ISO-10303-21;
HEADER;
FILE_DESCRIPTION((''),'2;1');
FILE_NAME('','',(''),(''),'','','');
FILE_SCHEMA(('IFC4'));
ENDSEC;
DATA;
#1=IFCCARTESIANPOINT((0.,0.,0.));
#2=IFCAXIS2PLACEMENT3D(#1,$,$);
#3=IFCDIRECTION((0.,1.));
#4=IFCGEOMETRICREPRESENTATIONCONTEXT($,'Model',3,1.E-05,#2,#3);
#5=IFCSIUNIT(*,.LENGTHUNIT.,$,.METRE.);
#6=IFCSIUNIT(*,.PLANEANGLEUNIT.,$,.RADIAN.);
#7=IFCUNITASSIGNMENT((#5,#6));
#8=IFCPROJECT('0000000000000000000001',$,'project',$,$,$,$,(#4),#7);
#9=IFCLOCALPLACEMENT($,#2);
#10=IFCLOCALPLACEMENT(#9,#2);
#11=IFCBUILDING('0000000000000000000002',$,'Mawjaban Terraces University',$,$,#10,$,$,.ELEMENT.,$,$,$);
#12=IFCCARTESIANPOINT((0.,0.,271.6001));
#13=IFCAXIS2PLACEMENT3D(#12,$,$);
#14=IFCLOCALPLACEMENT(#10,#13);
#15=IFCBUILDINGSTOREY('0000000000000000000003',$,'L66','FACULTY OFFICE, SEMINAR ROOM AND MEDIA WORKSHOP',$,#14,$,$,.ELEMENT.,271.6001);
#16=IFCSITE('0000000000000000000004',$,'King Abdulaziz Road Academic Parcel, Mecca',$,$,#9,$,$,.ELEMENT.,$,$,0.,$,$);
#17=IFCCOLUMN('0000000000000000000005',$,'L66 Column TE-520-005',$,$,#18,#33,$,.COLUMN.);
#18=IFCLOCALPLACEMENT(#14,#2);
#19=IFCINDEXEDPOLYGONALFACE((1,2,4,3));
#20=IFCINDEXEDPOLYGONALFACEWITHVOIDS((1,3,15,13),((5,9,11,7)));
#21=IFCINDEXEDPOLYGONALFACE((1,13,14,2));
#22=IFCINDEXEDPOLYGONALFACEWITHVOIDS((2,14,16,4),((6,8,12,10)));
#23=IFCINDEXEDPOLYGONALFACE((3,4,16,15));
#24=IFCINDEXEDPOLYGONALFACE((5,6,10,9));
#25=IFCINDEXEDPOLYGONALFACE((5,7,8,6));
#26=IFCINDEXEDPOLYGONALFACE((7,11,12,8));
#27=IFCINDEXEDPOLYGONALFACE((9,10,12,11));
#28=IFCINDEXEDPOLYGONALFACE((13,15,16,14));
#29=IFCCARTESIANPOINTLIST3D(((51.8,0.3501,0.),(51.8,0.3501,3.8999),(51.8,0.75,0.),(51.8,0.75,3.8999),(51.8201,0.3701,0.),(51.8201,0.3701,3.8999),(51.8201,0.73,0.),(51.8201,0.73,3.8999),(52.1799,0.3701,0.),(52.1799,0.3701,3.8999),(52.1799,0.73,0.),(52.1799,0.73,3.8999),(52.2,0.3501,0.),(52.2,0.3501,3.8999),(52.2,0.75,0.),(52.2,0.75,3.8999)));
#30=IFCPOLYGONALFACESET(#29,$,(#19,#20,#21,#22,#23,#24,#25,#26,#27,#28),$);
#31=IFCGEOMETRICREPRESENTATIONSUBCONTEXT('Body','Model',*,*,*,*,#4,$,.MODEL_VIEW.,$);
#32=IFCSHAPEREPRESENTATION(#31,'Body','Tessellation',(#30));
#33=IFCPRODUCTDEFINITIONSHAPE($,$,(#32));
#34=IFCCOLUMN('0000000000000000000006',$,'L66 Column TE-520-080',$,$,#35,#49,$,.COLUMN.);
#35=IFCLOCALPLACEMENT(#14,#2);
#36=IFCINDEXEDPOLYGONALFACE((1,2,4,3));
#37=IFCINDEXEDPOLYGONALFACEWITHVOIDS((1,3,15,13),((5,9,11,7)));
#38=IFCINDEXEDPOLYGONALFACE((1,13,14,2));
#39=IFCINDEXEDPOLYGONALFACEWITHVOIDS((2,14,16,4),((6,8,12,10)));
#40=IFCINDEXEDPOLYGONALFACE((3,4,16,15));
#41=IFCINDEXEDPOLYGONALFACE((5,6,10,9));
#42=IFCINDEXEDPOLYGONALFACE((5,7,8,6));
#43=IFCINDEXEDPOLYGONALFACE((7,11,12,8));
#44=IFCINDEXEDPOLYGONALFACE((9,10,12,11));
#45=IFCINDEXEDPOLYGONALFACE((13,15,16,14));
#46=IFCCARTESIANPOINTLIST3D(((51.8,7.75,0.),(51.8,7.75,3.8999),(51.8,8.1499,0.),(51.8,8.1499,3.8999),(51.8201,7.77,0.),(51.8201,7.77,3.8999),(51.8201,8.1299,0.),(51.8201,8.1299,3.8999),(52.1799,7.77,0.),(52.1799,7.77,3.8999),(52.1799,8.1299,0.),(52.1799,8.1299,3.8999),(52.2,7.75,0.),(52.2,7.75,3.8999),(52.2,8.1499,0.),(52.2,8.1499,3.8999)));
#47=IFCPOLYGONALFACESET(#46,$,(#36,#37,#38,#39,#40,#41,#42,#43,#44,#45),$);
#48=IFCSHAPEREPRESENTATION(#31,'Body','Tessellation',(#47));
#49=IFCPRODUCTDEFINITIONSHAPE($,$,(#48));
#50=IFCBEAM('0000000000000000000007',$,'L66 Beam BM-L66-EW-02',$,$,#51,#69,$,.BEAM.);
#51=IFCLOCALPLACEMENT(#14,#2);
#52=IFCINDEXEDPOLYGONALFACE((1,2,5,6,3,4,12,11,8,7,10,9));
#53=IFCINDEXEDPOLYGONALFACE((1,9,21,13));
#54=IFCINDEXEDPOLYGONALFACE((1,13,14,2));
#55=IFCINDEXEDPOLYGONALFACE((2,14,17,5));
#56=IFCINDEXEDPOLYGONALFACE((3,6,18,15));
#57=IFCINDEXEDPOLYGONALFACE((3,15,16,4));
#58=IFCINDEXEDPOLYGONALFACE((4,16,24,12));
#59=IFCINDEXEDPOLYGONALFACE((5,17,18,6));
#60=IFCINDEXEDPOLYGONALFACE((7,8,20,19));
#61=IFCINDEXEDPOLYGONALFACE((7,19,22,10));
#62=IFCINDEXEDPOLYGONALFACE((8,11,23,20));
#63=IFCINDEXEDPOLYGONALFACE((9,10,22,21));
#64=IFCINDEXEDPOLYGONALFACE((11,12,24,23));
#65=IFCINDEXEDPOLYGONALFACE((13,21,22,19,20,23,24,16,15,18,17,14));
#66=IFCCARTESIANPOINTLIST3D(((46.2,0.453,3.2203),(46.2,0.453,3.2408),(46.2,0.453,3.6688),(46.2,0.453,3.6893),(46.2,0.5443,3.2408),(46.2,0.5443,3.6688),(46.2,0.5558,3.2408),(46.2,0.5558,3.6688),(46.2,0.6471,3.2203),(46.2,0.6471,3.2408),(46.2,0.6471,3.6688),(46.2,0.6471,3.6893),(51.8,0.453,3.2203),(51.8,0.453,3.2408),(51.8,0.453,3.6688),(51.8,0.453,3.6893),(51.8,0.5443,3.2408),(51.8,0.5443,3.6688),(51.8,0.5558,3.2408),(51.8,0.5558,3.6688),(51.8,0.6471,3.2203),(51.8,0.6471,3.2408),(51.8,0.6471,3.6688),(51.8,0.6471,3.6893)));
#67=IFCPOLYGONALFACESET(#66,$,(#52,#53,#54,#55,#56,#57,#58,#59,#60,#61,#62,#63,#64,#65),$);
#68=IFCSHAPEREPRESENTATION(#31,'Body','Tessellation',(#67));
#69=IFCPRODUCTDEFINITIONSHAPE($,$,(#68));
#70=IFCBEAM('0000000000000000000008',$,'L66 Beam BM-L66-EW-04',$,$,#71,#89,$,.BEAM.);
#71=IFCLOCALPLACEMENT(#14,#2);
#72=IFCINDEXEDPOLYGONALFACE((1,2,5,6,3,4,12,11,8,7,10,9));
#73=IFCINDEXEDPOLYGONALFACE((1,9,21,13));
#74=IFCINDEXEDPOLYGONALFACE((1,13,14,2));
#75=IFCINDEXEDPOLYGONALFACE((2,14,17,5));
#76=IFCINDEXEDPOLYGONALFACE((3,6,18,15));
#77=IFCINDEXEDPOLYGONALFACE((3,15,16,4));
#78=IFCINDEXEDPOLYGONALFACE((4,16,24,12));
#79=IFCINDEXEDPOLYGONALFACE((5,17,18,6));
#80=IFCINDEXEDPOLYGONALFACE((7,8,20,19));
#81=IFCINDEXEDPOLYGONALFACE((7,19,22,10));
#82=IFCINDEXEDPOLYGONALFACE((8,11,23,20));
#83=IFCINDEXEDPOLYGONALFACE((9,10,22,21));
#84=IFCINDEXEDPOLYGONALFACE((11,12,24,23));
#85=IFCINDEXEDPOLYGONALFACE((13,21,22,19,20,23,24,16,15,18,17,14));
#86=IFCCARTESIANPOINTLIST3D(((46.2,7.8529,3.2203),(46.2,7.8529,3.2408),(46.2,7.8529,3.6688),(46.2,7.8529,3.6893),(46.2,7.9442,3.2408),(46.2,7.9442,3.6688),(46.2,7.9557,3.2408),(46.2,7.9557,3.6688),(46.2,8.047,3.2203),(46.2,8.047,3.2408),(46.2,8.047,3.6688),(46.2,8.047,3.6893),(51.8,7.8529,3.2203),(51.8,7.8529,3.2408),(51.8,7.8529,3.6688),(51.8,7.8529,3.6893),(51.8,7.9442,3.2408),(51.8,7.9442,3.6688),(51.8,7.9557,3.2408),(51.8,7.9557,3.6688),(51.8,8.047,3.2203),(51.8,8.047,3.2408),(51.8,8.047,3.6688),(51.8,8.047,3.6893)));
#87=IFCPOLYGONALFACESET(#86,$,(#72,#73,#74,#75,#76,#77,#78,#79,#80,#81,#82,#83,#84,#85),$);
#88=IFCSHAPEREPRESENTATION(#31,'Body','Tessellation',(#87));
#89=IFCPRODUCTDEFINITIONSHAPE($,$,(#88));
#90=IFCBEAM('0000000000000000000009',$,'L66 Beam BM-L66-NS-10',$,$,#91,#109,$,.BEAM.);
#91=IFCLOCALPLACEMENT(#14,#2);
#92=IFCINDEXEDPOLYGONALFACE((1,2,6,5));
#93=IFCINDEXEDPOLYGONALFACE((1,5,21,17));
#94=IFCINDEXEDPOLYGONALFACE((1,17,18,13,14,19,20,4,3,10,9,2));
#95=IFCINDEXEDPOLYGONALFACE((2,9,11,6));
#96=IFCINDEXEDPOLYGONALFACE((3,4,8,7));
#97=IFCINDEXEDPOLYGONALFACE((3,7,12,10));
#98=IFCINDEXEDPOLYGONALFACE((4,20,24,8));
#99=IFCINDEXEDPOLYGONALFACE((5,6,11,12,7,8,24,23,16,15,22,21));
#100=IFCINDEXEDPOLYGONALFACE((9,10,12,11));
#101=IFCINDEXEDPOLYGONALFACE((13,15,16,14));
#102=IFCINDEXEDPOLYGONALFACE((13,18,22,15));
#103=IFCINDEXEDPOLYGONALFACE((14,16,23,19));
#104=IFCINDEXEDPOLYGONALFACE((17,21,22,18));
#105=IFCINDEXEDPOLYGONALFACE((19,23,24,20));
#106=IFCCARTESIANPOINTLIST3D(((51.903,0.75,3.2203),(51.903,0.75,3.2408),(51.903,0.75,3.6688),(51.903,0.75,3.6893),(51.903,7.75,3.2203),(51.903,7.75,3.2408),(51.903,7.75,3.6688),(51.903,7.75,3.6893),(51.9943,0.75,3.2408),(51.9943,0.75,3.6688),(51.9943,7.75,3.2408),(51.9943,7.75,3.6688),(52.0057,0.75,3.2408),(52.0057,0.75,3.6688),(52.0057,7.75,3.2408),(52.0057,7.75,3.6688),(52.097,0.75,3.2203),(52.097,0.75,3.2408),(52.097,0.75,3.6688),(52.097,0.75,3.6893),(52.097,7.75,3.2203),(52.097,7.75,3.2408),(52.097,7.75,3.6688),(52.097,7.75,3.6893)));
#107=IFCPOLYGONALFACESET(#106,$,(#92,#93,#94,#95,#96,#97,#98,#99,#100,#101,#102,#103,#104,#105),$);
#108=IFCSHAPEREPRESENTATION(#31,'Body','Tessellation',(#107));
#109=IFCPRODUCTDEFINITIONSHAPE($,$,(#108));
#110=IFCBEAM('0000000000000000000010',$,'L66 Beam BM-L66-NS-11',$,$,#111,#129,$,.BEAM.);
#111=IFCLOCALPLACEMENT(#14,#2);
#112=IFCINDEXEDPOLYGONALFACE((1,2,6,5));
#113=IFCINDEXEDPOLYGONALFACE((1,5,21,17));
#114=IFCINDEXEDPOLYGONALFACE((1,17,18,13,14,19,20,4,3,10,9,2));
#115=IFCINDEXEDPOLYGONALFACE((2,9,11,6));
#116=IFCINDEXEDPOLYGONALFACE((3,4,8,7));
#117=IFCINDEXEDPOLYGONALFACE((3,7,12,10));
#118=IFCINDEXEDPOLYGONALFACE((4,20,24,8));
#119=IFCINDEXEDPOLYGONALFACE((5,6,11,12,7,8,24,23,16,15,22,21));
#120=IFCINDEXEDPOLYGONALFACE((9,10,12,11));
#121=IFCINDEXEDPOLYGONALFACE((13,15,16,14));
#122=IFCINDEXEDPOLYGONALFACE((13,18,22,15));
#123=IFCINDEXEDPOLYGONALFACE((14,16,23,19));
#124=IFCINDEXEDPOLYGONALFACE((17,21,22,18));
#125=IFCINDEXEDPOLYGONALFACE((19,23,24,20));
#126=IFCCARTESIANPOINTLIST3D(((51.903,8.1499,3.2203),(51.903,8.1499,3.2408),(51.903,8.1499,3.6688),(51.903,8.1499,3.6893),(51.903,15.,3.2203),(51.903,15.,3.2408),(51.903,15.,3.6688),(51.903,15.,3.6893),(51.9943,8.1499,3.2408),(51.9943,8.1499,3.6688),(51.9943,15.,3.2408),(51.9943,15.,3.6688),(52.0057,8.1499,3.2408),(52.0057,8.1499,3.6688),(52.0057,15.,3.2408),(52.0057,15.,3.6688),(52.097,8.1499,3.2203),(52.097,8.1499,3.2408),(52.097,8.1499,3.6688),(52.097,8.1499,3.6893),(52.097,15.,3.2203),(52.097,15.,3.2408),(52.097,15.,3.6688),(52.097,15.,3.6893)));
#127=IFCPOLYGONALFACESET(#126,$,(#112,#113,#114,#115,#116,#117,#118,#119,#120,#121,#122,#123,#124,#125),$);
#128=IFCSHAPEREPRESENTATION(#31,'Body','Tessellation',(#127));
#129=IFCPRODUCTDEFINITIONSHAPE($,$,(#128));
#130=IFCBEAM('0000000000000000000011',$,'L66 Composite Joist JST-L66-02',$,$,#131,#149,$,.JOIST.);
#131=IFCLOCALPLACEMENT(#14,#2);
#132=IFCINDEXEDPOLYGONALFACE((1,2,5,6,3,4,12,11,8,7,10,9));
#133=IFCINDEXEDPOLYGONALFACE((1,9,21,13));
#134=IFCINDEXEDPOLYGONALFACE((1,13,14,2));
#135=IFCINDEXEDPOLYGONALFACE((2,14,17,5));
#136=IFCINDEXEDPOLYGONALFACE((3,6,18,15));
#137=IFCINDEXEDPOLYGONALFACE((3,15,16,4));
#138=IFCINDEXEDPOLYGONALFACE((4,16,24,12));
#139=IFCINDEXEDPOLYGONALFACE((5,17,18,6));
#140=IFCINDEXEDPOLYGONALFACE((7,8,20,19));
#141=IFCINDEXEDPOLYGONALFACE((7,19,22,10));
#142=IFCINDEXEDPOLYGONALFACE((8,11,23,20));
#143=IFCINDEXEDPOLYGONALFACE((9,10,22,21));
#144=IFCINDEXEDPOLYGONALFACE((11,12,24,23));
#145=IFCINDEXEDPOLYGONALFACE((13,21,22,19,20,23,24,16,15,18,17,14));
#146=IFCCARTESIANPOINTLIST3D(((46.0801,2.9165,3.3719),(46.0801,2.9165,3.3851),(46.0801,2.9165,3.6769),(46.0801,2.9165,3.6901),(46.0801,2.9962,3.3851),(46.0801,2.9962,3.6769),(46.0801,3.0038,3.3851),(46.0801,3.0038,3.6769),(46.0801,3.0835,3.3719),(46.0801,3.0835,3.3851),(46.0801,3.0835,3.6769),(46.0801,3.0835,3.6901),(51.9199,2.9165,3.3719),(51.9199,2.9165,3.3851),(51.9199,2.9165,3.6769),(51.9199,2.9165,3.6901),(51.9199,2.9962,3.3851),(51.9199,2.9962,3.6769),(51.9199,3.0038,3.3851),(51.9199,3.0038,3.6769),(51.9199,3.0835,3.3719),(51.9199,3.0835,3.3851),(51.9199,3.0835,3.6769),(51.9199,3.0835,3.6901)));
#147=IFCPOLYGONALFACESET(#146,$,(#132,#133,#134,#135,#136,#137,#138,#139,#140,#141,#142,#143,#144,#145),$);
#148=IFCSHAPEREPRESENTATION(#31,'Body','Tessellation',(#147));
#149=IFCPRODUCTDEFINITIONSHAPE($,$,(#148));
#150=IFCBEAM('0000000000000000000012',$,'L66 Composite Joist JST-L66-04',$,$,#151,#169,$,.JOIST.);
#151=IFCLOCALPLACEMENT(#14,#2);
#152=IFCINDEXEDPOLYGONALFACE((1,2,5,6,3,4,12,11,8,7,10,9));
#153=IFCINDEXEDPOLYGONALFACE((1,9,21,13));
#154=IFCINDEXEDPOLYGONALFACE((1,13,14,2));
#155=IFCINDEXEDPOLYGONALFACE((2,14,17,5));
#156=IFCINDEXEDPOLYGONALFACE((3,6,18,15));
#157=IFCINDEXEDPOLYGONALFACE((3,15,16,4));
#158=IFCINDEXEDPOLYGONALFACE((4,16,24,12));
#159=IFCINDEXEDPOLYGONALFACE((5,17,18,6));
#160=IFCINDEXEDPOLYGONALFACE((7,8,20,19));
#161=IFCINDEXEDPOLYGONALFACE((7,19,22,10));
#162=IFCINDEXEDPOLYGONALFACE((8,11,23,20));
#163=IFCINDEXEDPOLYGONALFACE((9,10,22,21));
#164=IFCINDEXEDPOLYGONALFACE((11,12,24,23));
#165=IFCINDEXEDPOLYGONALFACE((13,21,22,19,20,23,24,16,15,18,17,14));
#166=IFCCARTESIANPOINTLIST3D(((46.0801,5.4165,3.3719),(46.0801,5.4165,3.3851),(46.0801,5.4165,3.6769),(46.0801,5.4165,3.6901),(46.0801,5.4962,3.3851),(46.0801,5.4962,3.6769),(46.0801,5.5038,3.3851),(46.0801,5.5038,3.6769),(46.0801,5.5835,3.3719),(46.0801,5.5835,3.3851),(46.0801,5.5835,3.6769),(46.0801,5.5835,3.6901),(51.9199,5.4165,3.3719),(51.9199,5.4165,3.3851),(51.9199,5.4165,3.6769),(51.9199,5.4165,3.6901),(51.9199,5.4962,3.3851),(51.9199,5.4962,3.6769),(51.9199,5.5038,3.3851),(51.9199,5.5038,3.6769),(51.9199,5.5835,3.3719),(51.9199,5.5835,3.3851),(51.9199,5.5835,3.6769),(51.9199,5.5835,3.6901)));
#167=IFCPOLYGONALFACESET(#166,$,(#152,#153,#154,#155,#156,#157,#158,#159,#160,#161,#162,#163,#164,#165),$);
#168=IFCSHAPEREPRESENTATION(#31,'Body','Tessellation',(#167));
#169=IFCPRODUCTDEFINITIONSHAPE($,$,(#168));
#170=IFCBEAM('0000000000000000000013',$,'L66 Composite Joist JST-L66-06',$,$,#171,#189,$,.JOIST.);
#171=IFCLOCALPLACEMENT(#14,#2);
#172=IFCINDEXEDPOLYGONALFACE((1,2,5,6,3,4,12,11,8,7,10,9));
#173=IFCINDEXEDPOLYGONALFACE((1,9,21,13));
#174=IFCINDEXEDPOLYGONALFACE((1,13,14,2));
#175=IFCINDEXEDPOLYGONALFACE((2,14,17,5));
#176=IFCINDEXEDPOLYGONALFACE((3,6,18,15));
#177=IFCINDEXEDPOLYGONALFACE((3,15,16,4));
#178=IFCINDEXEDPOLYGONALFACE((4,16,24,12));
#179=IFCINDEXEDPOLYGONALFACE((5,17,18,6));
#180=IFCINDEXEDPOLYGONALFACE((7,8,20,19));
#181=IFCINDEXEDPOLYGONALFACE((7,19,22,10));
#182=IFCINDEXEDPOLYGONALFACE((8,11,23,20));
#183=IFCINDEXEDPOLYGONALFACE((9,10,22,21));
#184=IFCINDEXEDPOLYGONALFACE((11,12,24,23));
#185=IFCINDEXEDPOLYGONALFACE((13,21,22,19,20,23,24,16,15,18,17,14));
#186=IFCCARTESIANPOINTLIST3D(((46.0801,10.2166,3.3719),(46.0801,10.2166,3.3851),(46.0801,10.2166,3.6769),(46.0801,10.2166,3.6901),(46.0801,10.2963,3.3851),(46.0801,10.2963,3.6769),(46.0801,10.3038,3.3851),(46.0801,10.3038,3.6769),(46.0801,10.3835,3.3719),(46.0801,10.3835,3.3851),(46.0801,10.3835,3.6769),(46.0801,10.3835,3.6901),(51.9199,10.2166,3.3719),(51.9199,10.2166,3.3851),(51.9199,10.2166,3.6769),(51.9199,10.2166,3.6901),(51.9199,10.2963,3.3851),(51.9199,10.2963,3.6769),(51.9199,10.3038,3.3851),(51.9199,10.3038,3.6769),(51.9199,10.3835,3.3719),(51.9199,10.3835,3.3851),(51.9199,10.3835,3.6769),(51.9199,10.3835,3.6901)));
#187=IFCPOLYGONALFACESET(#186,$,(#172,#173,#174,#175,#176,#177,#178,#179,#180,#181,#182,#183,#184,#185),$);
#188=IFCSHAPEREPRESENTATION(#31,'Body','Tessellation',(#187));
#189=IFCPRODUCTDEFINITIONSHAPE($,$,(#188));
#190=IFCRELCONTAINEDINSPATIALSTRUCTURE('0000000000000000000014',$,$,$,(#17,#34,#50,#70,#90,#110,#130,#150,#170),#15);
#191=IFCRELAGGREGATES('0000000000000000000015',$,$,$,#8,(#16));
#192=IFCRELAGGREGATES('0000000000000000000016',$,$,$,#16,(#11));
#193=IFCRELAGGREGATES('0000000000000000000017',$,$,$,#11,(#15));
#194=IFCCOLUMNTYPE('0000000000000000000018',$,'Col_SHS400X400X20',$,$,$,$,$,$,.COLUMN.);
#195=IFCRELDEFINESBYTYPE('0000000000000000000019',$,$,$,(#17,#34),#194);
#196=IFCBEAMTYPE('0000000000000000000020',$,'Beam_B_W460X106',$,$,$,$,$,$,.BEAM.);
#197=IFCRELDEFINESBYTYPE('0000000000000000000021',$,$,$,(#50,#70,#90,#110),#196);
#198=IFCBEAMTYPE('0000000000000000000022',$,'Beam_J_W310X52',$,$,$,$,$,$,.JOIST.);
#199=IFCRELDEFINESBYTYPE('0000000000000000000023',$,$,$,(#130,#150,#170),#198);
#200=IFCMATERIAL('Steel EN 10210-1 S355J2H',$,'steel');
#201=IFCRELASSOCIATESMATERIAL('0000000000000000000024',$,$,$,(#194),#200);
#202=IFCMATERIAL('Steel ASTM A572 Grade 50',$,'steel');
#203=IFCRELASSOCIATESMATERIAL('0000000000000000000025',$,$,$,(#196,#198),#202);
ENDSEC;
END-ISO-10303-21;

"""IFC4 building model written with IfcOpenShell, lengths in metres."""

from ifc_helpers import new_model, si_unit, direction, frame, origin, origin_2d, place, context, subcontext, project, spatial, hollow_rectangle, i_section, extrude, material, material_profile, profile_set, type_object, element, save


model = new_model("IFC4")

# Units and contexts
model_context = context("Model", 3, precision=1e-05, world=origin(), true_north=direction((0.0, 1.0)))
body_context = subcontext(model_context, "Body", "Model", "MODEL_VIEW")
ifc_project = project(units=[si_unit("LENGTHUNIT", "METRE"), si_unit("PLANEANGLEUNIT", "RADIAN")], contexts=[model_context])

# Site, building, storey
site_placement = place(None, origin())
site = spatial("IfcSite", under=ifc_project, at=site_placement, Name="King Abdulaziz Road Academic Parcel, Mecca", CompositionType="ELEMENT", RefElevation=0.0)
building_placement = place(site_placement, origin())
building = spatial("IfcBuilding", under=site, at=building_placement, Name="Mawjaban Terraces University", CompositionType="ELEMENT")
storey_placement = place(building_placement, frame((0.0, 0.0, 271.6001)))
storey = spatial("IfcBuildingStorey", under=building, at=storey_placement, Name="L66", Description="FACULTY OFFICE, SEMINAR ROOM AND MEDIA WORKSHOP", CompositionType="ELEMENT", Elevation=271.6001)

# Columns
ifc_material_1 = material(Name="Steel EN 10210-1 S355J2H", Category="steel")
ifc_material_profile_1 = material_profile(ifc_material_1, hollow_rectangle(XDim=0.3999, YDim=0.3999, WallThickness=0.02, at=origin_2d()), Name="SHS400X400X20")
ifc_profile_set_1 = profile_set([ifc_material_profile_1], Name="Steel EN 10210-1 S355J2H")
column_type = type_object("IfcColumnType", Name="Col_SHS400X400X20", PredefinedType="COLUMN", material=ifc_profile_set_1)
for number, where, z_axis, x_axis, name in (
    (1, (52.0, 0.55, 0.0), (0.0, 0.0, 1.0), (1.0, 0.0, 0.0), "L66 Column TE-520-005"),
    (2, (52.0, 7.95, 0.0), (0.0, 0.0, 1.0), (1.0, 0.0, 0.0), "L66 Column TE-520-080"),
):
    element("IfcColumn", number, at=place(storey_placement, frame(where, z_axis=z_axis, x_axis=x_axis)), inside=storey, type_object=column_type, Name=name, PredefinedType="COLUMN", context=body_context, shape_type="SweptSolid", body=[
        extrude(hollow_rectangle(XDim=0.3999, YDim=0.3999, WallThickness=0.02, at=origin_2d()), origin(), (0.0, 0.0, 1.0), 3.8999),
    ])

# Beams
ifc_material_2 = material(Name="Steel ASTM A572 Grade 50", Category="steel")
ifc_material_profile_2 = material_profile(ifc_material_2, i_section(OverallWidth=0.1941, OverallDepth=0.469, WebThickness=0.0115, FlangeThickness=0.0205, at=origin_2d()), Name="W460X106")
ifc_profile_set_2 = profile_set([ifc_material_profile_2], Name="Steel ASTM A572 Grade 50")
beam_type_1 = type_object("IfcBeamType", Name="Beam_B_W460X106", PredefinedType="BEAM", material=ifc_profile_set_2)
for number, where, z_axis, x_axis, name in (
    (3, (46.2, 0.55, 3.4548), (1.0, 0.0, 0.0), (0.0, 1.0, 0.0), "L66 Beam BM-L66-EW-02"),
    (4, (46.2, 7.95, 3.4548), (1.0, 0.0, 0.0), (0.0, 1.0, 0.0), "L66 Beam BM-L66-EW-04"),
):
    element("IfcBeam", number, at=place(storey_placement, frame(where, z_axis=z_axis, x_axis=x_axis)), inside=storey, type_object=beam_type_1, Name=name, PredefinedType="BEAM", context=body_context, shape_type="SweptSolid", body=[
        extrude(i_section(OverallWidth=0.1941, OverallDepth=0.469, WebThickness=0.0115, FlangeThickness=0.0205, at=origin_2d()), origin(), (0.0, 0.0, 1.0), 5.6001),
    ])
beam_1_placement = place(storey_placement, frame((52.0, 0.75, 3.4548), z_axis=(0.0, 1.0, 0.0), x_axis=(-1.0, 0.0, 0.0)))
element("IfcBeam", 5, at=beam_1_placement, inside=storey, type_object=beam_type_1, Name="L66 Beam BM-L66-NS-10", PredefinedType="BEAM", context=body_context, shape_type="SweptSolid", body=[
    extrude(i_section(OverallWidth=0.1941, OverallDepth=0.469, WebThickness=0.0115, FlangeThickness=0.0205, at=origin_2d()), origin(), (0.0, 0.0, 1.0), 7.0),
])
beam_2_placement = place(storey_placement, frame((52.0, 8.1499, 3.4548), z_axis=(0.0, 1.0, 0.0), x_axis=(-1.0, 0.0, 0.0)))
element("IfcBeam", 6, at=beam_2_placement, inside=storey, type_object=beam_type_1, Name="L66 Beam BM-L66-NS-11", PredefinedType="BEAM", context=body_context, shape_type="SweptSolid", body=[
    extrude(i_section(OverallWidth=0.1941, OverallDepth=0.469, WebThickness=0.0115, FlangeThickness=0.0205, at=origin_2d()), origin(), (0.0, 0.0, 1.0), 6.8501),
])
ifc_material_profile_3 = material_profile(ifc_material_2, i_section(OverallWidth=0.167, OverallDepth=0.3181, WebThickness=0.0076, FlangeThickness=0.0132, at=origin_2d()), Name="W310X52")
ifc_profile_set_3 = profile_set([ifc_material_profile_3], Name="Steel ASTM A572 Grade 50")
beam_type_2 = type_object("IfcBeamType", Name="Beam_J_W310X52", PredefinedType="JOIST", material=ifc_profile_set_3)
for number, where, z_axis, x_axis, name in (
    (7, (46.0801, 3.0, 3.531), (1.0, 0.0, 0.0), (0.0, 1.0, 0.0), "L66 Composite Joist JST-L66-02"),
    (8, (46.0801, 5.5, 3.531), (1.0, 0.0, 0.0), (0.0, 1.0, 0.0), "L66 Composite Joist JST-L66-04"),
    (9, (46.0801, 10.3, 3.531), (1.0, 0.0, 0.0), (0.0, 1.0, 0.0), "L66 Composite Joist JST-L66-06"),
):
    element("IfcBeam", number, at=place(storey_placement, frame(where, z_axis=z_axis, x_axis=x_axis)), inside=storey, type_object=beam_type_2, Name=name, PredefinedType="JOIST", context=body_context, shape_type="SweptSolid", body=[
        extrude(i_section(OverallWidth=0.167, OverallDepth=0.3181, WebThickness=0.0076, FlangeThickness=0.0132, at=origin_2d()), origin(), (0.0, 0.0, 1.0), 5.8398),
    ])

save(model, "model.ifc")
